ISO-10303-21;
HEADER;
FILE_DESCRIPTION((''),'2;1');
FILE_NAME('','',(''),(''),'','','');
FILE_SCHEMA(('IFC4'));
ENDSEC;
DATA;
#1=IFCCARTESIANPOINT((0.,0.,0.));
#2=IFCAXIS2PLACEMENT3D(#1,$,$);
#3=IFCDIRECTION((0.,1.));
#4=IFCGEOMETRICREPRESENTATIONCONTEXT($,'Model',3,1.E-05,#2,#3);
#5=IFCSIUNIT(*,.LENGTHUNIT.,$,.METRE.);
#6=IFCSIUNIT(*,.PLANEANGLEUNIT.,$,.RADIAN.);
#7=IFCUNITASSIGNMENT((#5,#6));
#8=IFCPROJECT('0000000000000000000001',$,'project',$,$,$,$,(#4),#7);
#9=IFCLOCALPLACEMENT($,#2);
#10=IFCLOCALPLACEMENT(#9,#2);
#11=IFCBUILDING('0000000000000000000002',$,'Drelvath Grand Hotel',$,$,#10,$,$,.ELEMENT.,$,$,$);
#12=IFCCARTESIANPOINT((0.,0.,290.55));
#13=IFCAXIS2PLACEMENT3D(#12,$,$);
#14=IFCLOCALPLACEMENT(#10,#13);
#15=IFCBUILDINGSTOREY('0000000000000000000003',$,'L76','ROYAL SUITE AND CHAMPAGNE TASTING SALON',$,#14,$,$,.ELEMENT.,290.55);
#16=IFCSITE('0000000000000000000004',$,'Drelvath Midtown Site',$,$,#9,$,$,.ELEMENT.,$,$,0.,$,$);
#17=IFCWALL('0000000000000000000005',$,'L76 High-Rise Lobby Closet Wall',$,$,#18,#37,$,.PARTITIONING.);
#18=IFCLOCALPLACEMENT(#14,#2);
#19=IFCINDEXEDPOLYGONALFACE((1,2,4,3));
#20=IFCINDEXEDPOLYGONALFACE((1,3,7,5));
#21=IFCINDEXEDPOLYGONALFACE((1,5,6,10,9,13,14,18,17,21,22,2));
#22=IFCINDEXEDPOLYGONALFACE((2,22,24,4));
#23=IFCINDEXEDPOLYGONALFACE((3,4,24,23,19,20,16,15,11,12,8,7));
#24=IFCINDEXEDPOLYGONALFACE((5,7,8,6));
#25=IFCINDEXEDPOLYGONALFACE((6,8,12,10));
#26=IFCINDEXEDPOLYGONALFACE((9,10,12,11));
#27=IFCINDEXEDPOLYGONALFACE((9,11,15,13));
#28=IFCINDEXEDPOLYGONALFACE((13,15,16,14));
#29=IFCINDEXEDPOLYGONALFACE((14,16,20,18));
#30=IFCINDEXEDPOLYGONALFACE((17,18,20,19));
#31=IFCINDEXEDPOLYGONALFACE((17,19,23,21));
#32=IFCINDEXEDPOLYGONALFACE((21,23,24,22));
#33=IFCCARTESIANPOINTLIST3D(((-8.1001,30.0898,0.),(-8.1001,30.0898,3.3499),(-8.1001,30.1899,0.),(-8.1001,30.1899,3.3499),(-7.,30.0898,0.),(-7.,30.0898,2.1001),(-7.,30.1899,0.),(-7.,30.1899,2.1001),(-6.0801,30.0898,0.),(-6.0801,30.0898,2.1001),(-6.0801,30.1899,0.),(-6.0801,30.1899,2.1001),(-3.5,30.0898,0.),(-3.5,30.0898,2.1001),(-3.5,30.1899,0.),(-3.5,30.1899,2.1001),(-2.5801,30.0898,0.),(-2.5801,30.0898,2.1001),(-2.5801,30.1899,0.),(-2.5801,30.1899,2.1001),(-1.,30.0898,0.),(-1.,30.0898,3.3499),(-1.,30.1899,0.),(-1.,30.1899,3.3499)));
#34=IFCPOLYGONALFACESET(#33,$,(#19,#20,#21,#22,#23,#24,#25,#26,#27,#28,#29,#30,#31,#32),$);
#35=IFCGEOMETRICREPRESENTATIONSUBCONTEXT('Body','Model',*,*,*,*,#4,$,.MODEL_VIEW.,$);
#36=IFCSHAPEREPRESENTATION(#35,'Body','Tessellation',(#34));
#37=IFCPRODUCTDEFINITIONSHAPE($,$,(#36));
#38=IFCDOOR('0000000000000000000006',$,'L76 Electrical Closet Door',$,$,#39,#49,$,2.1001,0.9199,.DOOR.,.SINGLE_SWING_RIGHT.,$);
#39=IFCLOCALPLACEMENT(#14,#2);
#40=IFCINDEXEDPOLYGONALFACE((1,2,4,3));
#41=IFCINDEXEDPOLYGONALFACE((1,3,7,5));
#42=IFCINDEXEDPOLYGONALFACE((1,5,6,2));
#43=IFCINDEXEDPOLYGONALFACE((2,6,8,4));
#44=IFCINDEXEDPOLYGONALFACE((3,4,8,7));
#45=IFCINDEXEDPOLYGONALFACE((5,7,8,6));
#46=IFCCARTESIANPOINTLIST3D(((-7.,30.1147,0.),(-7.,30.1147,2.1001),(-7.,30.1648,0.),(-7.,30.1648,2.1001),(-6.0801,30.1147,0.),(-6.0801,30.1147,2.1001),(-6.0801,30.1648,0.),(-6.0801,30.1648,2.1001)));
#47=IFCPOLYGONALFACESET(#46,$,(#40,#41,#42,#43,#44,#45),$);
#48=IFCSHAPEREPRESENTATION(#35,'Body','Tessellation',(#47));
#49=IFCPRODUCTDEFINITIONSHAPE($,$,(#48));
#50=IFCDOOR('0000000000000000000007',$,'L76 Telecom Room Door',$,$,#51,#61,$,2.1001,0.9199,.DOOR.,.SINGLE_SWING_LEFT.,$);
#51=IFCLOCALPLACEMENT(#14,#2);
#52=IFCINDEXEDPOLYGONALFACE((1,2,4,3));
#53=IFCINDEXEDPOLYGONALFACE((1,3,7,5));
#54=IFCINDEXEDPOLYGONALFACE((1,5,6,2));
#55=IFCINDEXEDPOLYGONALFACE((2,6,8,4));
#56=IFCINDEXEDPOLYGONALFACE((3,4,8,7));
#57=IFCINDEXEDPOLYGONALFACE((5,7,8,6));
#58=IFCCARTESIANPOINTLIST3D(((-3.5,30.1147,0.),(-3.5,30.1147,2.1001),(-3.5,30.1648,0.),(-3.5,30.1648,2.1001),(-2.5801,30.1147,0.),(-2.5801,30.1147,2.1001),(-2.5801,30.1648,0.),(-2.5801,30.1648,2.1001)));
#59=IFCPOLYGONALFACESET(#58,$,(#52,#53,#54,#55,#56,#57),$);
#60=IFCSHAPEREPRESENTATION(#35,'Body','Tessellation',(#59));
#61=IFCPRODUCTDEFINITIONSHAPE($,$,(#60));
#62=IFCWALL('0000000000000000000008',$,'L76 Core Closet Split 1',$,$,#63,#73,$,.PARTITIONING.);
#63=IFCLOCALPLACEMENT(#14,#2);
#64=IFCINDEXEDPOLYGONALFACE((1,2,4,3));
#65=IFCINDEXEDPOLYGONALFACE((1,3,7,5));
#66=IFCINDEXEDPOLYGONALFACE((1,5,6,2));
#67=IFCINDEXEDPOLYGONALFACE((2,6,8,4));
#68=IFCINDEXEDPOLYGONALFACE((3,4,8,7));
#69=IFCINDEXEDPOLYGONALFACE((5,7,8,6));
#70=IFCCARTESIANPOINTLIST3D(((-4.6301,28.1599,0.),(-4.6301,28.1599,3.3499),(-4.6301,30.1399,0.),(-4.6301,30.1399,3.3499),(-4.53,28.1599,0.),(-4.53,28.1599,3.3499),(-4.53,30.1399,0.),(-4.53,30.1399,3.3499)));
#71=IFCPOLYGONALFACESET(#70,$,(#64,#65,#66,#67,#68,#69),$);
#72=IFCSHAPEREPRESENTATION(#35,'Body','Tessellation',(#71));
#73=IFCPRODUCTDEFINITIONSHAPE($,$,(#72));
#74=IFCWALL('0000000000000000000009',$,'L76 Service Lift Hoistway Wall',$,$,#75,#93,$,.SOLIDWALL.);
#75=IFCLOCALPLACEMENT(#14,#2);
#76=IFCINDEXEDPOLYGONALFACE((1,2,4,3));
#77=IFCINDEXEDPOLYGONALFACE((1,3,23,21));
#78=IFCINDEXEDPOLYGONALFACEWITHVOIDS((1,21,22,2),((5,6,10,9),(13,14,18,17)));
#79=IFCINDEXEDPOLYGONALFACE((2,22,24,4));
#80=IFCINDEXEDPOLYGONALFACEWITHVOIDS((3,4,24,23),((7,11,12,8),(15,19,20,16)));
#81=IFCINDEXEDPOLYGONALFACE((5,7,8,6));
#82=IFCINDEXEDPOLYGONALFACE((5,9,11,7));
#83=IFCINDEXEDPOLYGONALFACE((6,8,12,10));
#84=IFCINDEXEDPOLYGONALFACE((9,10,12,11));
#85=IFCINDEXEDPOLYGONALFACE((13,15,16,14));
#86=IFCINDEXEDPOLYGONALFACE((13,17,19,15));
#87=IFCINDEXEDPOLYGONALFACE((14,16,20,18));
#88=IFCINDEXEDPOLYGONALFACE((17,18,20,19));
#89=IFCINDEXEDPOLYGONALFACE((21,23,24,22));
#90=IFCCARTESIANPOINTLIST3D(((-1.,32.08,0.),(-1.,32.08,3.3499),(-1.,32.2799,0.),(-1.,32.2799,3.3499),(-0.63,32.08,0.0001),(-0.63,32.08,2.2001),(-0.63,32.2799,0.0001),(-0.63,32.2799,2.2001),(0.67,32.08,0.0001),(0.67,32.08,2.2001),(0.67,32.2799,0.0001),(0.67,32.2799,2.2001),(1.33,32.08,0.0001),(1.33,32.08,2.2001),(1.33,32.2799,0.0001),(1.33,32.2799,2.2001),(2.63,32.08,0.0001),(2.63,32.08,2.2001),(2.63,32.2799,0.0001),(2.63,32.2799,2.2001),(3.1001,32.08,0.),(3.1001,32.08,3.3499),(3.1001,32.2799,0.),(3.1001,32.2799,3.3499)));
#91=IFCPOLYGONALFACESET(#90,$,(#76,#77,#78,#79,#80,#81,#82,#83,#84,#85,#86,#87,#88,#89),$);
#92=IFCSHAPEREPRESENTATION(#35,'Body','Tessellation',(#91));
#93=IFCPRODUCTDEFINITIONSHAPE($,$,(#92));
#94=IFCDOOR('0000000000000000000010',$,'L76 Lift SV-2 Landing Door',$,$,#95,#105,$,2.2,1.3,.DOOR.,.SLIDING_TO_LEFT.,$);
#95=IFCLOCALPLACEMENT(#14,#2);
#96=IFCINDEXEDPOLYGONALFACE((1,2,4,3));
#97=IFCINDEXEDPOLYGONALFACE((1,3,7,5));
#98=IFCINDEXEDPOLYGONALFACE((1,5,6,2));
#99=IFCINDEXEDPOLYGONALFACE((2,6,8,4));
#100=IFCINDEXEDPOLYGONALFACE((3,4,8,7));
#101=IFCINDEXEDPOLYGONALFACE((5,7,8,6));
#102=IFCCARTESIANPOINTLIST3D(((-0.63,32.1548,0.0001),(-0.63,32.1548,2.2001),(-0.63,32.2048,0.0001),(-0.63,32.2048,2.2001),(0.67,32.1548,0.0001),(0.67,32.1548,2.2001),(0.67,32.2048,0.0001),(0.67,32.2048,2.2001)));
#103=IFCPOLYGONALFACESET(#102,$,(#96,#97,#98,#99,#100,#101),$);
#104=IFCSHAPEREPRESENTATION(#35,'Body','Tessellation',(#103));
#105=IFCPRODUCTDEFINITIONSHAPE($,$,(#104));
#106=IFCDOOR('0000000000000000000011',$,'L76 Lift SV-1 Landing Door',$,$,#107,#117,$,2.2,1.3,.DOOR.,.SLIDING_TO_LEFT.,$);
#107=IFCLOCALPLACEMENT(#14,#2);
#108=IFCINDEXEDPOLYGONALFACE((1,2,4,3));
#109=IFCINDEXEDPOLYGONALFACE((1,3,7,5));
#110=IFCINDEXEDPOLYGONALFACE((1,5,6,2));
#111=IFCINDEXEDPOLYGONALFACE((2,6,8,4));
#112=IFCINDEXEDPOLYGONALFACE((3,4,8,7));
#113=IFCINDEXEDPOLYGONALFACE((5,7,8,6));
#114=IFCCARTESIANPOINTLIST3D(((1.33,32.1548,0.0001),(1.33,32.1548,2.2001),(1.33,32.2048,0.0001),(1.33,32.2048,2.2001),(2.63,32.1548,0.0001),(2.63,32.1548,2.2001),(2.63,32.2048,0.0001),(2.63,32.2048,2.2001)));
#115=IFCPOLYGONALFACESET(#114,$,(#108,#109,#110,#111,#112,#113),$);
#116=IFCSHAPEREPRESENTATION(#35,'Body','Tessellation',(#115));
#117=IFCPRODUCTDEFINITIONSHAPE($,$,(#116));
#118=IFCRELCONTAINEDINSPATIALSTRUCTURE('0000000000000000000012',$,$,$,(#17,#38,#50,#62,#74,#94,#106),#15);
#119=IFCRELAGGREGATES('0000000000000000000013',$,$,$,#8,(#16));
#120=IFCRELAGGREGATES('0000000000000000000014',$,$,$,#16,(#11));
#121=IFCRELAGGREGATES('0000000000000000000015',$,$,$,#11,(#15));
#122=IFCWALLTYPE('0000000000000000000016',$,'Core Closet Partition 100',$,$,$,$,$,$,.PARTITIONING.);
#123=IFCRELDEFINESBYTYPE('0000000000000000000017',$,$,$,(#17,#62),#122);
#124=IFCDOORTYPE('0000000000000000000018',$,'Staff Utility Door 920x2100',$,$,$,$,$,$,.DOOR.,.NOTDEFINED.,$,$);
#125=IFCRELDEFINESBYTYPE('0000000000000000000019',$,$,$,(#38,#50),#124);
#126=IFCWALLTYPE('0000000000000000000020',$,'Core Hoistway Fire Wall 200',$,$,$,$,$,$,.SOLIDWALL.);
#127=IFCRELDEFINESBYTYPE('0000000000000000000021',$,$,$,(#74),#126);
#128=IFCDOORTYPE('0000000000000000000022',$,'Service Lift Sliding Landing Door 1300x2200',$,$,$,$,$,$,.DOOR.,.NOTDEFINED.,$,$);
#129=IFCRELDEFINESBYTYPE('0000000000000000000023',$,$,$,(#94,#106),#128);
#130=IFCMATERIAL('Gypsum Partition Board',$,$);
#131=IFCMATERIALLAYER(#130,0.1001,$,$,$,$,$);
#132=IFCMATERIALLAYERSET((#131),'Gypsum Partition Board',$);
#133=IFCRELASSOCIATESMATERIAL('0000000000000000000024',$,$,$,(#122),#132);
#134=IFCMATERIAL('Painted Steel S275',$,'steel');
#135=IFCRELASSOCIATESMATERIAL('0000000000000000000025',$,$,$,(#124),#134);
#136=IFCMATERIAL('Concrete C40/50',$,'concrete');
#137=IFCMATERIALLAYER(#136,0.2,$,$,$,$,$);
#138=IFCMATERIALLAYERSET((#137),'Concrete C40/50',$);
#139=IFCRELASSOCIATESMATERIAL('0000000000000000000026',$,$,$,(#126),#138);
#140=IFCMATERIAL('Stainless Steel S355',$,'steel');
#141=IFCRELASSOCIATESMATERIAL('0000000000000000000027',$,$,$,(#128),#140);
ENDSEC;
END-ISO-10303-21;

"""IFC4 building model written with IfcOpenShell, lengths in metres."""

from ifc_helpers import new_model, si_unit, direction, frame, frame_2d, origin, place, context, subcontext, project, spatial, rectangle, extrude, material, layer, layer_set, type_object, element, fill, save


model = new_model("IFC4")

# Units and contexts
model_context = context("Model", 3, precision=1e-05, world=origin(), true_north=direction((0.0, 1.0)))
body_context = subcontext(model_context, "Body", "Model", "MODEL_VIEW")
ifc_project = project(units=[si_unit("LENGTHUNIT", "METRE"), si_unit("PLANEANGLEUNIT", "RADIAN")], contexts=[model_context])

# Site, building, storey
site_placement = place(None, origin())
site = spatial("IfcSite", under=ifc_project, at=site_placement, Name="Drelvath Midtown Site", CompositionType="ELEMENT", RefElevation=0.0)
building_placement = place(site_placement, origin())
building = spatial("IfcBuilding", under=site, at=building_placement, Name="Drelvath Grand Hotel", CompositionType="ELEMENT")
storey_placement = place(building_placement, frame((0.0, 0.0, 290.55)))
storey = spatial("IfcBuildingStorey", under=building, at=storey_placement, Name="L76", Description="ROYAL SUITE AND CHAMPAGNE TASTING SALON", CompositionType="ELEMENT", Elevation=290.55)

# Wall, openings, doors
ifc_material_1 = material(Name="Gypsum Partition Board")
ifc_layer_1 = layer(ifc_material_1, 0.1001)
ifc_layer_set_1 = layer_set([ifc_layer_1], Name="Gypsum Partition Board")
wall_type_1 = type_object("IfcWallType", Name="Core Closet Partition 100", PredefinedType="PARTITIONING", material=ifc_layer_set_1)
wall_1_placement = place(storey_placement, frame((-8.1001, 30.1399, 0.0), z_axis=(0.0, 0.0, 1.0), x_axis=(1.0, 0.0, 0.0)))
wall_1 = element("IfcWall", 1, at=wall_1_placement, inside=storey, type_object=wall_type_1, Name="L76 High-Rise Lobby Closet Wall", PredefinedType="PARTITIONING", context=body_context, shape_type="SweptSolid", body=[
    extrude(rectangle(XDim=7.1001, YDim=0.1001, at=frame_2d((3.55, 0.0))), origin(), (0.0, 0.0, 1.0), 3.3499),
])
opening_1_placement = place(wall_1_placement, frame((1.1001, 0.0, 0.0)))
opening_1 = element("IfcOpeningElement", 2, at=opening_1_placement, cuts=wall_1, PredefinedType="OPENING", context=body_context, shape_type="SweptSolid", body=[
    extrude(rectangle(XDim=0.9199, YDim=2.1001, at=frame_2d((0.46, 1.05))), frame((0.0, 0.0601, 0.0), z_axis=(0.0, -1.0, 0.0), x_axis=(1.0, 0.0, 0.0)), (0.0, 0.0, 1.0), 0.1201),
])
opening_2_placement = place(wall_1_placement, frame((4.6001, 0.0, 0.0)))
opening_2 = element("IfcOpeningElement", 3, at=opening_2_placement, cuts=wall_1, PredefinedType="OPENING", context=body_context, shape_type="SweptSolid", body=[
    extrude(rectangle(XDim=0.9199, YDim=2.1001, at=frame_2d((0.46, 1.05))), frame((0.0, 0.0601, 0.0), z_axis=(0.0, -1.0, 0.0), x_axis=(1.0, 0.0, 0.0)), (0.0, 0.0, 1.0), 0.1201),
])
ifc_material_2 = material(Name="Painted Steel S275", Category="steel")
door_type_1 = type_object("IfcDoorType", Name="Staff Utility Door 920x2100", OperationType="NOTDEFINED", PredefinedType="DOOR", material=ifc_material_2)
door_1_placement = place(opening_1_placement, origin())
door_1 = element("IfcDoor", 4, at=door_1_placement, inside=storey, type_object=door_type_1, Name="L76 Electrical Closet Door", OperationType="SINGLE_SWING_RIGHT", OverallHeight=2.1001, OverallWidth=0.9199, PredefinedType="DOOR", context=body_context, shape_type="SweptSolid", body=[
    extrude(rectangle(XDim=0.9199, YDim=2.1001, at=frame_2d((0.46, 1.05))), frame((0.0, 0.0249, 0.0), z_axis=(0.0, -1.0, 0.0), x_axis=(1.0, 0.0, 0.0)), (0.0, 0.0, 1.0), 0.05),
])
fill(opening_1, door_1)
door_2_placement = place(opening_2_placement, origin())
door_2 = element("IfcDoor", 5, at=door_2_placement, inside=storey, type_object=door_type_1, Name="L76 Telecom Room Door", OperationType="SINGLE_SWING_LEFT", OverallHeight=2.1001, OverallWidth=0.9199, PredefinedType="DOOR", context=body_context, shape_type="SweptSolid", body=[
    extrude(rectangle(XDim=0.9199, YDim=2.1001, at=frame_2d((0.46, 1.05))), frame((0.0, 0.0249, 0.0), z_axis=(0.0, -1.0, 0.0), x_axis=(1.0, 0.0, 0.0)), (0.0, 0.0, 1.0), 0.05),
])
fill(opening_2, door_2)

# Wall
wall_2_placement = place(storey_placement, frame((-4.5801, 28.1599, 0.0), z_axis=(0.0, 0.0, 1.0), x_axis=(0.0, 1.0, 0.0)))
element("IfcWall", 6, at=wall_2_placement, inside=storey, type_object=wall_type_1, Name="L76 Core Closet Split 1", PredefinedType="PARTITIONING", context=body_context, shape_type="SweptSolid", body=[
    extrude(rectangle(XDim=1.98, YDim=0.1001, at=frame_2d((0.99, 0.0))), origin(), (0.0, 0.0, 1.0), 3.3499),
])

# Wall, openings, doors
ifc_material_3 = material(Name="Concrete C40/50", Category="concrete")
ifc_layer_2 = layer(ifc_material_3, 0.2)
ifc_layer_set_2 = layer_set([ifc_layer_2], Name="Concrete C40/50")
wall_type_2 = type_object("IfcWallType", Name="Core Hoistway Fire Wall 200", PredefinedType="SOLIDWALL", material=ifc_layer_set_2)
wall_3_placement = place(storey_placement, frame((-1.0, 32.1799, 0.0), z_axis=(0.0, 0.0, 1.0), x_axis=(1.0, 0.0, 0.0)))
wall_3 = element("IfcWall", 7, at=wall_3_placement, inside=storey, type_object=wall_type_2, Name="L76 Service Lift Hoistway Wall", PredefinedType="SOLIDWALL", context=body_context, shape_type="SweptSolid", body=[
    extrude(rectangle(XDim=4.1001, YDim=0.2, at=frame_2d((2.05, 0.0))), origin(), (0.0, 0.0, 1.0), 3.3499),
])
opening_3_placement = place(wall_3_placement, frame((0.3701, 0.0, 0.0)))
opening_3 = element("IfcOpeningElement", 8, at=opening_3_placement, cuts=wall_3, PredefinedType="OPENING", context=body_context, shape_type="SweptSolid", body=[
    extrude(rectangle(XDim=1.3, YDim=2.2, at=frame_2d((0.6499, 1.1001))), frame((0.0, 0.1099, 0.0), z_axis=(0.0, -1.0, 0.0), x_axis=(1.0, 0.0, 0.0)), (0.0, 0.0, 1.0), 0.22),
])
opening_4_placement = place(wall_3_placement, frame((2.3301, 0.0, 0.0)))
opening_4 = element("IfcOpeningElement", 9, at=opening_4_placement, cuts=wall_3, PredefinedType="OPENING", context=body_context, shape_type="SweptSolid", body=[
    extrude(rectangle(XDim=1.3, YDim=2.2, at=frame_2d((0.6499, 1.1001))), frame((0.0, 0.1099, 0.0), z_axis=(0.0, -1.0, 0.0), x_axis=(1.0, 0.0, 0.0)), (0.0, 0.0, 1.0), 0.22),
])
ifc_material_4 = material(Name="Stainless Steel S355", Category="steel")
door_type_2 = type_object("IfcDoorType", Name="Service Lift Sliding Landing Door 1300x2200", OperationType="NOTDEFINED", PredefinedType="DOOR", material=ifc_material_4)
door_3_placement = place(opening_3_placement, origin())
door_3 = element("IfcDoor", 10, at=door_3_placement, inside=storey, type_object=door_type_2, Name="L76 Lift SV-2 Landing Door", OperationType="SLIDING_TO_LEFT", OverallHeight=2.2, OverallWidth=1.3, PredefinedType="DOOR", context=body_context, shape_type="SweptSolid", body=[
    extrude(rectangle(XDim=1.3, YDim=2.2, at=frame_2d((0.6499, 1.1001))), frame((0.0, 0.0249, 0.0), z_axis=(0.0, -1.0, 0.0), x_axis=(1.0, 0.0, 0.0)), (0.0, 0.0, 1.0), 0.05),
])
fill(opening_3, door_3)
door_4_placement = place(opening_4_placement, origin())
door_4 = element("IfcDoor", 11, at=door_4_placement, inside=storey, type_object=door_type_2, Name="L76 Lift SV-1 Landing Door", OperationType="SLIDING_TO_LEFT", OverallHeight=2.2, OverallWidth=1.3, PredefinedType="DOOR", context=body_context, shape_type="SweptSolid", body=[
    extrude(rectangle(XDim=1.3, YDim=2.2, at=frame_2d((0.6499, 1.1001))), frame((0.0, 0.0249, 0.0), z_axis=(0.0, -1.0, 0.0), x_axis=(1.0, 0.0, 0.0)), (0.0, 0.0, 1.0), 0.05),
])
fill(opening_4, door_4)

save(model, "model.ifc")
